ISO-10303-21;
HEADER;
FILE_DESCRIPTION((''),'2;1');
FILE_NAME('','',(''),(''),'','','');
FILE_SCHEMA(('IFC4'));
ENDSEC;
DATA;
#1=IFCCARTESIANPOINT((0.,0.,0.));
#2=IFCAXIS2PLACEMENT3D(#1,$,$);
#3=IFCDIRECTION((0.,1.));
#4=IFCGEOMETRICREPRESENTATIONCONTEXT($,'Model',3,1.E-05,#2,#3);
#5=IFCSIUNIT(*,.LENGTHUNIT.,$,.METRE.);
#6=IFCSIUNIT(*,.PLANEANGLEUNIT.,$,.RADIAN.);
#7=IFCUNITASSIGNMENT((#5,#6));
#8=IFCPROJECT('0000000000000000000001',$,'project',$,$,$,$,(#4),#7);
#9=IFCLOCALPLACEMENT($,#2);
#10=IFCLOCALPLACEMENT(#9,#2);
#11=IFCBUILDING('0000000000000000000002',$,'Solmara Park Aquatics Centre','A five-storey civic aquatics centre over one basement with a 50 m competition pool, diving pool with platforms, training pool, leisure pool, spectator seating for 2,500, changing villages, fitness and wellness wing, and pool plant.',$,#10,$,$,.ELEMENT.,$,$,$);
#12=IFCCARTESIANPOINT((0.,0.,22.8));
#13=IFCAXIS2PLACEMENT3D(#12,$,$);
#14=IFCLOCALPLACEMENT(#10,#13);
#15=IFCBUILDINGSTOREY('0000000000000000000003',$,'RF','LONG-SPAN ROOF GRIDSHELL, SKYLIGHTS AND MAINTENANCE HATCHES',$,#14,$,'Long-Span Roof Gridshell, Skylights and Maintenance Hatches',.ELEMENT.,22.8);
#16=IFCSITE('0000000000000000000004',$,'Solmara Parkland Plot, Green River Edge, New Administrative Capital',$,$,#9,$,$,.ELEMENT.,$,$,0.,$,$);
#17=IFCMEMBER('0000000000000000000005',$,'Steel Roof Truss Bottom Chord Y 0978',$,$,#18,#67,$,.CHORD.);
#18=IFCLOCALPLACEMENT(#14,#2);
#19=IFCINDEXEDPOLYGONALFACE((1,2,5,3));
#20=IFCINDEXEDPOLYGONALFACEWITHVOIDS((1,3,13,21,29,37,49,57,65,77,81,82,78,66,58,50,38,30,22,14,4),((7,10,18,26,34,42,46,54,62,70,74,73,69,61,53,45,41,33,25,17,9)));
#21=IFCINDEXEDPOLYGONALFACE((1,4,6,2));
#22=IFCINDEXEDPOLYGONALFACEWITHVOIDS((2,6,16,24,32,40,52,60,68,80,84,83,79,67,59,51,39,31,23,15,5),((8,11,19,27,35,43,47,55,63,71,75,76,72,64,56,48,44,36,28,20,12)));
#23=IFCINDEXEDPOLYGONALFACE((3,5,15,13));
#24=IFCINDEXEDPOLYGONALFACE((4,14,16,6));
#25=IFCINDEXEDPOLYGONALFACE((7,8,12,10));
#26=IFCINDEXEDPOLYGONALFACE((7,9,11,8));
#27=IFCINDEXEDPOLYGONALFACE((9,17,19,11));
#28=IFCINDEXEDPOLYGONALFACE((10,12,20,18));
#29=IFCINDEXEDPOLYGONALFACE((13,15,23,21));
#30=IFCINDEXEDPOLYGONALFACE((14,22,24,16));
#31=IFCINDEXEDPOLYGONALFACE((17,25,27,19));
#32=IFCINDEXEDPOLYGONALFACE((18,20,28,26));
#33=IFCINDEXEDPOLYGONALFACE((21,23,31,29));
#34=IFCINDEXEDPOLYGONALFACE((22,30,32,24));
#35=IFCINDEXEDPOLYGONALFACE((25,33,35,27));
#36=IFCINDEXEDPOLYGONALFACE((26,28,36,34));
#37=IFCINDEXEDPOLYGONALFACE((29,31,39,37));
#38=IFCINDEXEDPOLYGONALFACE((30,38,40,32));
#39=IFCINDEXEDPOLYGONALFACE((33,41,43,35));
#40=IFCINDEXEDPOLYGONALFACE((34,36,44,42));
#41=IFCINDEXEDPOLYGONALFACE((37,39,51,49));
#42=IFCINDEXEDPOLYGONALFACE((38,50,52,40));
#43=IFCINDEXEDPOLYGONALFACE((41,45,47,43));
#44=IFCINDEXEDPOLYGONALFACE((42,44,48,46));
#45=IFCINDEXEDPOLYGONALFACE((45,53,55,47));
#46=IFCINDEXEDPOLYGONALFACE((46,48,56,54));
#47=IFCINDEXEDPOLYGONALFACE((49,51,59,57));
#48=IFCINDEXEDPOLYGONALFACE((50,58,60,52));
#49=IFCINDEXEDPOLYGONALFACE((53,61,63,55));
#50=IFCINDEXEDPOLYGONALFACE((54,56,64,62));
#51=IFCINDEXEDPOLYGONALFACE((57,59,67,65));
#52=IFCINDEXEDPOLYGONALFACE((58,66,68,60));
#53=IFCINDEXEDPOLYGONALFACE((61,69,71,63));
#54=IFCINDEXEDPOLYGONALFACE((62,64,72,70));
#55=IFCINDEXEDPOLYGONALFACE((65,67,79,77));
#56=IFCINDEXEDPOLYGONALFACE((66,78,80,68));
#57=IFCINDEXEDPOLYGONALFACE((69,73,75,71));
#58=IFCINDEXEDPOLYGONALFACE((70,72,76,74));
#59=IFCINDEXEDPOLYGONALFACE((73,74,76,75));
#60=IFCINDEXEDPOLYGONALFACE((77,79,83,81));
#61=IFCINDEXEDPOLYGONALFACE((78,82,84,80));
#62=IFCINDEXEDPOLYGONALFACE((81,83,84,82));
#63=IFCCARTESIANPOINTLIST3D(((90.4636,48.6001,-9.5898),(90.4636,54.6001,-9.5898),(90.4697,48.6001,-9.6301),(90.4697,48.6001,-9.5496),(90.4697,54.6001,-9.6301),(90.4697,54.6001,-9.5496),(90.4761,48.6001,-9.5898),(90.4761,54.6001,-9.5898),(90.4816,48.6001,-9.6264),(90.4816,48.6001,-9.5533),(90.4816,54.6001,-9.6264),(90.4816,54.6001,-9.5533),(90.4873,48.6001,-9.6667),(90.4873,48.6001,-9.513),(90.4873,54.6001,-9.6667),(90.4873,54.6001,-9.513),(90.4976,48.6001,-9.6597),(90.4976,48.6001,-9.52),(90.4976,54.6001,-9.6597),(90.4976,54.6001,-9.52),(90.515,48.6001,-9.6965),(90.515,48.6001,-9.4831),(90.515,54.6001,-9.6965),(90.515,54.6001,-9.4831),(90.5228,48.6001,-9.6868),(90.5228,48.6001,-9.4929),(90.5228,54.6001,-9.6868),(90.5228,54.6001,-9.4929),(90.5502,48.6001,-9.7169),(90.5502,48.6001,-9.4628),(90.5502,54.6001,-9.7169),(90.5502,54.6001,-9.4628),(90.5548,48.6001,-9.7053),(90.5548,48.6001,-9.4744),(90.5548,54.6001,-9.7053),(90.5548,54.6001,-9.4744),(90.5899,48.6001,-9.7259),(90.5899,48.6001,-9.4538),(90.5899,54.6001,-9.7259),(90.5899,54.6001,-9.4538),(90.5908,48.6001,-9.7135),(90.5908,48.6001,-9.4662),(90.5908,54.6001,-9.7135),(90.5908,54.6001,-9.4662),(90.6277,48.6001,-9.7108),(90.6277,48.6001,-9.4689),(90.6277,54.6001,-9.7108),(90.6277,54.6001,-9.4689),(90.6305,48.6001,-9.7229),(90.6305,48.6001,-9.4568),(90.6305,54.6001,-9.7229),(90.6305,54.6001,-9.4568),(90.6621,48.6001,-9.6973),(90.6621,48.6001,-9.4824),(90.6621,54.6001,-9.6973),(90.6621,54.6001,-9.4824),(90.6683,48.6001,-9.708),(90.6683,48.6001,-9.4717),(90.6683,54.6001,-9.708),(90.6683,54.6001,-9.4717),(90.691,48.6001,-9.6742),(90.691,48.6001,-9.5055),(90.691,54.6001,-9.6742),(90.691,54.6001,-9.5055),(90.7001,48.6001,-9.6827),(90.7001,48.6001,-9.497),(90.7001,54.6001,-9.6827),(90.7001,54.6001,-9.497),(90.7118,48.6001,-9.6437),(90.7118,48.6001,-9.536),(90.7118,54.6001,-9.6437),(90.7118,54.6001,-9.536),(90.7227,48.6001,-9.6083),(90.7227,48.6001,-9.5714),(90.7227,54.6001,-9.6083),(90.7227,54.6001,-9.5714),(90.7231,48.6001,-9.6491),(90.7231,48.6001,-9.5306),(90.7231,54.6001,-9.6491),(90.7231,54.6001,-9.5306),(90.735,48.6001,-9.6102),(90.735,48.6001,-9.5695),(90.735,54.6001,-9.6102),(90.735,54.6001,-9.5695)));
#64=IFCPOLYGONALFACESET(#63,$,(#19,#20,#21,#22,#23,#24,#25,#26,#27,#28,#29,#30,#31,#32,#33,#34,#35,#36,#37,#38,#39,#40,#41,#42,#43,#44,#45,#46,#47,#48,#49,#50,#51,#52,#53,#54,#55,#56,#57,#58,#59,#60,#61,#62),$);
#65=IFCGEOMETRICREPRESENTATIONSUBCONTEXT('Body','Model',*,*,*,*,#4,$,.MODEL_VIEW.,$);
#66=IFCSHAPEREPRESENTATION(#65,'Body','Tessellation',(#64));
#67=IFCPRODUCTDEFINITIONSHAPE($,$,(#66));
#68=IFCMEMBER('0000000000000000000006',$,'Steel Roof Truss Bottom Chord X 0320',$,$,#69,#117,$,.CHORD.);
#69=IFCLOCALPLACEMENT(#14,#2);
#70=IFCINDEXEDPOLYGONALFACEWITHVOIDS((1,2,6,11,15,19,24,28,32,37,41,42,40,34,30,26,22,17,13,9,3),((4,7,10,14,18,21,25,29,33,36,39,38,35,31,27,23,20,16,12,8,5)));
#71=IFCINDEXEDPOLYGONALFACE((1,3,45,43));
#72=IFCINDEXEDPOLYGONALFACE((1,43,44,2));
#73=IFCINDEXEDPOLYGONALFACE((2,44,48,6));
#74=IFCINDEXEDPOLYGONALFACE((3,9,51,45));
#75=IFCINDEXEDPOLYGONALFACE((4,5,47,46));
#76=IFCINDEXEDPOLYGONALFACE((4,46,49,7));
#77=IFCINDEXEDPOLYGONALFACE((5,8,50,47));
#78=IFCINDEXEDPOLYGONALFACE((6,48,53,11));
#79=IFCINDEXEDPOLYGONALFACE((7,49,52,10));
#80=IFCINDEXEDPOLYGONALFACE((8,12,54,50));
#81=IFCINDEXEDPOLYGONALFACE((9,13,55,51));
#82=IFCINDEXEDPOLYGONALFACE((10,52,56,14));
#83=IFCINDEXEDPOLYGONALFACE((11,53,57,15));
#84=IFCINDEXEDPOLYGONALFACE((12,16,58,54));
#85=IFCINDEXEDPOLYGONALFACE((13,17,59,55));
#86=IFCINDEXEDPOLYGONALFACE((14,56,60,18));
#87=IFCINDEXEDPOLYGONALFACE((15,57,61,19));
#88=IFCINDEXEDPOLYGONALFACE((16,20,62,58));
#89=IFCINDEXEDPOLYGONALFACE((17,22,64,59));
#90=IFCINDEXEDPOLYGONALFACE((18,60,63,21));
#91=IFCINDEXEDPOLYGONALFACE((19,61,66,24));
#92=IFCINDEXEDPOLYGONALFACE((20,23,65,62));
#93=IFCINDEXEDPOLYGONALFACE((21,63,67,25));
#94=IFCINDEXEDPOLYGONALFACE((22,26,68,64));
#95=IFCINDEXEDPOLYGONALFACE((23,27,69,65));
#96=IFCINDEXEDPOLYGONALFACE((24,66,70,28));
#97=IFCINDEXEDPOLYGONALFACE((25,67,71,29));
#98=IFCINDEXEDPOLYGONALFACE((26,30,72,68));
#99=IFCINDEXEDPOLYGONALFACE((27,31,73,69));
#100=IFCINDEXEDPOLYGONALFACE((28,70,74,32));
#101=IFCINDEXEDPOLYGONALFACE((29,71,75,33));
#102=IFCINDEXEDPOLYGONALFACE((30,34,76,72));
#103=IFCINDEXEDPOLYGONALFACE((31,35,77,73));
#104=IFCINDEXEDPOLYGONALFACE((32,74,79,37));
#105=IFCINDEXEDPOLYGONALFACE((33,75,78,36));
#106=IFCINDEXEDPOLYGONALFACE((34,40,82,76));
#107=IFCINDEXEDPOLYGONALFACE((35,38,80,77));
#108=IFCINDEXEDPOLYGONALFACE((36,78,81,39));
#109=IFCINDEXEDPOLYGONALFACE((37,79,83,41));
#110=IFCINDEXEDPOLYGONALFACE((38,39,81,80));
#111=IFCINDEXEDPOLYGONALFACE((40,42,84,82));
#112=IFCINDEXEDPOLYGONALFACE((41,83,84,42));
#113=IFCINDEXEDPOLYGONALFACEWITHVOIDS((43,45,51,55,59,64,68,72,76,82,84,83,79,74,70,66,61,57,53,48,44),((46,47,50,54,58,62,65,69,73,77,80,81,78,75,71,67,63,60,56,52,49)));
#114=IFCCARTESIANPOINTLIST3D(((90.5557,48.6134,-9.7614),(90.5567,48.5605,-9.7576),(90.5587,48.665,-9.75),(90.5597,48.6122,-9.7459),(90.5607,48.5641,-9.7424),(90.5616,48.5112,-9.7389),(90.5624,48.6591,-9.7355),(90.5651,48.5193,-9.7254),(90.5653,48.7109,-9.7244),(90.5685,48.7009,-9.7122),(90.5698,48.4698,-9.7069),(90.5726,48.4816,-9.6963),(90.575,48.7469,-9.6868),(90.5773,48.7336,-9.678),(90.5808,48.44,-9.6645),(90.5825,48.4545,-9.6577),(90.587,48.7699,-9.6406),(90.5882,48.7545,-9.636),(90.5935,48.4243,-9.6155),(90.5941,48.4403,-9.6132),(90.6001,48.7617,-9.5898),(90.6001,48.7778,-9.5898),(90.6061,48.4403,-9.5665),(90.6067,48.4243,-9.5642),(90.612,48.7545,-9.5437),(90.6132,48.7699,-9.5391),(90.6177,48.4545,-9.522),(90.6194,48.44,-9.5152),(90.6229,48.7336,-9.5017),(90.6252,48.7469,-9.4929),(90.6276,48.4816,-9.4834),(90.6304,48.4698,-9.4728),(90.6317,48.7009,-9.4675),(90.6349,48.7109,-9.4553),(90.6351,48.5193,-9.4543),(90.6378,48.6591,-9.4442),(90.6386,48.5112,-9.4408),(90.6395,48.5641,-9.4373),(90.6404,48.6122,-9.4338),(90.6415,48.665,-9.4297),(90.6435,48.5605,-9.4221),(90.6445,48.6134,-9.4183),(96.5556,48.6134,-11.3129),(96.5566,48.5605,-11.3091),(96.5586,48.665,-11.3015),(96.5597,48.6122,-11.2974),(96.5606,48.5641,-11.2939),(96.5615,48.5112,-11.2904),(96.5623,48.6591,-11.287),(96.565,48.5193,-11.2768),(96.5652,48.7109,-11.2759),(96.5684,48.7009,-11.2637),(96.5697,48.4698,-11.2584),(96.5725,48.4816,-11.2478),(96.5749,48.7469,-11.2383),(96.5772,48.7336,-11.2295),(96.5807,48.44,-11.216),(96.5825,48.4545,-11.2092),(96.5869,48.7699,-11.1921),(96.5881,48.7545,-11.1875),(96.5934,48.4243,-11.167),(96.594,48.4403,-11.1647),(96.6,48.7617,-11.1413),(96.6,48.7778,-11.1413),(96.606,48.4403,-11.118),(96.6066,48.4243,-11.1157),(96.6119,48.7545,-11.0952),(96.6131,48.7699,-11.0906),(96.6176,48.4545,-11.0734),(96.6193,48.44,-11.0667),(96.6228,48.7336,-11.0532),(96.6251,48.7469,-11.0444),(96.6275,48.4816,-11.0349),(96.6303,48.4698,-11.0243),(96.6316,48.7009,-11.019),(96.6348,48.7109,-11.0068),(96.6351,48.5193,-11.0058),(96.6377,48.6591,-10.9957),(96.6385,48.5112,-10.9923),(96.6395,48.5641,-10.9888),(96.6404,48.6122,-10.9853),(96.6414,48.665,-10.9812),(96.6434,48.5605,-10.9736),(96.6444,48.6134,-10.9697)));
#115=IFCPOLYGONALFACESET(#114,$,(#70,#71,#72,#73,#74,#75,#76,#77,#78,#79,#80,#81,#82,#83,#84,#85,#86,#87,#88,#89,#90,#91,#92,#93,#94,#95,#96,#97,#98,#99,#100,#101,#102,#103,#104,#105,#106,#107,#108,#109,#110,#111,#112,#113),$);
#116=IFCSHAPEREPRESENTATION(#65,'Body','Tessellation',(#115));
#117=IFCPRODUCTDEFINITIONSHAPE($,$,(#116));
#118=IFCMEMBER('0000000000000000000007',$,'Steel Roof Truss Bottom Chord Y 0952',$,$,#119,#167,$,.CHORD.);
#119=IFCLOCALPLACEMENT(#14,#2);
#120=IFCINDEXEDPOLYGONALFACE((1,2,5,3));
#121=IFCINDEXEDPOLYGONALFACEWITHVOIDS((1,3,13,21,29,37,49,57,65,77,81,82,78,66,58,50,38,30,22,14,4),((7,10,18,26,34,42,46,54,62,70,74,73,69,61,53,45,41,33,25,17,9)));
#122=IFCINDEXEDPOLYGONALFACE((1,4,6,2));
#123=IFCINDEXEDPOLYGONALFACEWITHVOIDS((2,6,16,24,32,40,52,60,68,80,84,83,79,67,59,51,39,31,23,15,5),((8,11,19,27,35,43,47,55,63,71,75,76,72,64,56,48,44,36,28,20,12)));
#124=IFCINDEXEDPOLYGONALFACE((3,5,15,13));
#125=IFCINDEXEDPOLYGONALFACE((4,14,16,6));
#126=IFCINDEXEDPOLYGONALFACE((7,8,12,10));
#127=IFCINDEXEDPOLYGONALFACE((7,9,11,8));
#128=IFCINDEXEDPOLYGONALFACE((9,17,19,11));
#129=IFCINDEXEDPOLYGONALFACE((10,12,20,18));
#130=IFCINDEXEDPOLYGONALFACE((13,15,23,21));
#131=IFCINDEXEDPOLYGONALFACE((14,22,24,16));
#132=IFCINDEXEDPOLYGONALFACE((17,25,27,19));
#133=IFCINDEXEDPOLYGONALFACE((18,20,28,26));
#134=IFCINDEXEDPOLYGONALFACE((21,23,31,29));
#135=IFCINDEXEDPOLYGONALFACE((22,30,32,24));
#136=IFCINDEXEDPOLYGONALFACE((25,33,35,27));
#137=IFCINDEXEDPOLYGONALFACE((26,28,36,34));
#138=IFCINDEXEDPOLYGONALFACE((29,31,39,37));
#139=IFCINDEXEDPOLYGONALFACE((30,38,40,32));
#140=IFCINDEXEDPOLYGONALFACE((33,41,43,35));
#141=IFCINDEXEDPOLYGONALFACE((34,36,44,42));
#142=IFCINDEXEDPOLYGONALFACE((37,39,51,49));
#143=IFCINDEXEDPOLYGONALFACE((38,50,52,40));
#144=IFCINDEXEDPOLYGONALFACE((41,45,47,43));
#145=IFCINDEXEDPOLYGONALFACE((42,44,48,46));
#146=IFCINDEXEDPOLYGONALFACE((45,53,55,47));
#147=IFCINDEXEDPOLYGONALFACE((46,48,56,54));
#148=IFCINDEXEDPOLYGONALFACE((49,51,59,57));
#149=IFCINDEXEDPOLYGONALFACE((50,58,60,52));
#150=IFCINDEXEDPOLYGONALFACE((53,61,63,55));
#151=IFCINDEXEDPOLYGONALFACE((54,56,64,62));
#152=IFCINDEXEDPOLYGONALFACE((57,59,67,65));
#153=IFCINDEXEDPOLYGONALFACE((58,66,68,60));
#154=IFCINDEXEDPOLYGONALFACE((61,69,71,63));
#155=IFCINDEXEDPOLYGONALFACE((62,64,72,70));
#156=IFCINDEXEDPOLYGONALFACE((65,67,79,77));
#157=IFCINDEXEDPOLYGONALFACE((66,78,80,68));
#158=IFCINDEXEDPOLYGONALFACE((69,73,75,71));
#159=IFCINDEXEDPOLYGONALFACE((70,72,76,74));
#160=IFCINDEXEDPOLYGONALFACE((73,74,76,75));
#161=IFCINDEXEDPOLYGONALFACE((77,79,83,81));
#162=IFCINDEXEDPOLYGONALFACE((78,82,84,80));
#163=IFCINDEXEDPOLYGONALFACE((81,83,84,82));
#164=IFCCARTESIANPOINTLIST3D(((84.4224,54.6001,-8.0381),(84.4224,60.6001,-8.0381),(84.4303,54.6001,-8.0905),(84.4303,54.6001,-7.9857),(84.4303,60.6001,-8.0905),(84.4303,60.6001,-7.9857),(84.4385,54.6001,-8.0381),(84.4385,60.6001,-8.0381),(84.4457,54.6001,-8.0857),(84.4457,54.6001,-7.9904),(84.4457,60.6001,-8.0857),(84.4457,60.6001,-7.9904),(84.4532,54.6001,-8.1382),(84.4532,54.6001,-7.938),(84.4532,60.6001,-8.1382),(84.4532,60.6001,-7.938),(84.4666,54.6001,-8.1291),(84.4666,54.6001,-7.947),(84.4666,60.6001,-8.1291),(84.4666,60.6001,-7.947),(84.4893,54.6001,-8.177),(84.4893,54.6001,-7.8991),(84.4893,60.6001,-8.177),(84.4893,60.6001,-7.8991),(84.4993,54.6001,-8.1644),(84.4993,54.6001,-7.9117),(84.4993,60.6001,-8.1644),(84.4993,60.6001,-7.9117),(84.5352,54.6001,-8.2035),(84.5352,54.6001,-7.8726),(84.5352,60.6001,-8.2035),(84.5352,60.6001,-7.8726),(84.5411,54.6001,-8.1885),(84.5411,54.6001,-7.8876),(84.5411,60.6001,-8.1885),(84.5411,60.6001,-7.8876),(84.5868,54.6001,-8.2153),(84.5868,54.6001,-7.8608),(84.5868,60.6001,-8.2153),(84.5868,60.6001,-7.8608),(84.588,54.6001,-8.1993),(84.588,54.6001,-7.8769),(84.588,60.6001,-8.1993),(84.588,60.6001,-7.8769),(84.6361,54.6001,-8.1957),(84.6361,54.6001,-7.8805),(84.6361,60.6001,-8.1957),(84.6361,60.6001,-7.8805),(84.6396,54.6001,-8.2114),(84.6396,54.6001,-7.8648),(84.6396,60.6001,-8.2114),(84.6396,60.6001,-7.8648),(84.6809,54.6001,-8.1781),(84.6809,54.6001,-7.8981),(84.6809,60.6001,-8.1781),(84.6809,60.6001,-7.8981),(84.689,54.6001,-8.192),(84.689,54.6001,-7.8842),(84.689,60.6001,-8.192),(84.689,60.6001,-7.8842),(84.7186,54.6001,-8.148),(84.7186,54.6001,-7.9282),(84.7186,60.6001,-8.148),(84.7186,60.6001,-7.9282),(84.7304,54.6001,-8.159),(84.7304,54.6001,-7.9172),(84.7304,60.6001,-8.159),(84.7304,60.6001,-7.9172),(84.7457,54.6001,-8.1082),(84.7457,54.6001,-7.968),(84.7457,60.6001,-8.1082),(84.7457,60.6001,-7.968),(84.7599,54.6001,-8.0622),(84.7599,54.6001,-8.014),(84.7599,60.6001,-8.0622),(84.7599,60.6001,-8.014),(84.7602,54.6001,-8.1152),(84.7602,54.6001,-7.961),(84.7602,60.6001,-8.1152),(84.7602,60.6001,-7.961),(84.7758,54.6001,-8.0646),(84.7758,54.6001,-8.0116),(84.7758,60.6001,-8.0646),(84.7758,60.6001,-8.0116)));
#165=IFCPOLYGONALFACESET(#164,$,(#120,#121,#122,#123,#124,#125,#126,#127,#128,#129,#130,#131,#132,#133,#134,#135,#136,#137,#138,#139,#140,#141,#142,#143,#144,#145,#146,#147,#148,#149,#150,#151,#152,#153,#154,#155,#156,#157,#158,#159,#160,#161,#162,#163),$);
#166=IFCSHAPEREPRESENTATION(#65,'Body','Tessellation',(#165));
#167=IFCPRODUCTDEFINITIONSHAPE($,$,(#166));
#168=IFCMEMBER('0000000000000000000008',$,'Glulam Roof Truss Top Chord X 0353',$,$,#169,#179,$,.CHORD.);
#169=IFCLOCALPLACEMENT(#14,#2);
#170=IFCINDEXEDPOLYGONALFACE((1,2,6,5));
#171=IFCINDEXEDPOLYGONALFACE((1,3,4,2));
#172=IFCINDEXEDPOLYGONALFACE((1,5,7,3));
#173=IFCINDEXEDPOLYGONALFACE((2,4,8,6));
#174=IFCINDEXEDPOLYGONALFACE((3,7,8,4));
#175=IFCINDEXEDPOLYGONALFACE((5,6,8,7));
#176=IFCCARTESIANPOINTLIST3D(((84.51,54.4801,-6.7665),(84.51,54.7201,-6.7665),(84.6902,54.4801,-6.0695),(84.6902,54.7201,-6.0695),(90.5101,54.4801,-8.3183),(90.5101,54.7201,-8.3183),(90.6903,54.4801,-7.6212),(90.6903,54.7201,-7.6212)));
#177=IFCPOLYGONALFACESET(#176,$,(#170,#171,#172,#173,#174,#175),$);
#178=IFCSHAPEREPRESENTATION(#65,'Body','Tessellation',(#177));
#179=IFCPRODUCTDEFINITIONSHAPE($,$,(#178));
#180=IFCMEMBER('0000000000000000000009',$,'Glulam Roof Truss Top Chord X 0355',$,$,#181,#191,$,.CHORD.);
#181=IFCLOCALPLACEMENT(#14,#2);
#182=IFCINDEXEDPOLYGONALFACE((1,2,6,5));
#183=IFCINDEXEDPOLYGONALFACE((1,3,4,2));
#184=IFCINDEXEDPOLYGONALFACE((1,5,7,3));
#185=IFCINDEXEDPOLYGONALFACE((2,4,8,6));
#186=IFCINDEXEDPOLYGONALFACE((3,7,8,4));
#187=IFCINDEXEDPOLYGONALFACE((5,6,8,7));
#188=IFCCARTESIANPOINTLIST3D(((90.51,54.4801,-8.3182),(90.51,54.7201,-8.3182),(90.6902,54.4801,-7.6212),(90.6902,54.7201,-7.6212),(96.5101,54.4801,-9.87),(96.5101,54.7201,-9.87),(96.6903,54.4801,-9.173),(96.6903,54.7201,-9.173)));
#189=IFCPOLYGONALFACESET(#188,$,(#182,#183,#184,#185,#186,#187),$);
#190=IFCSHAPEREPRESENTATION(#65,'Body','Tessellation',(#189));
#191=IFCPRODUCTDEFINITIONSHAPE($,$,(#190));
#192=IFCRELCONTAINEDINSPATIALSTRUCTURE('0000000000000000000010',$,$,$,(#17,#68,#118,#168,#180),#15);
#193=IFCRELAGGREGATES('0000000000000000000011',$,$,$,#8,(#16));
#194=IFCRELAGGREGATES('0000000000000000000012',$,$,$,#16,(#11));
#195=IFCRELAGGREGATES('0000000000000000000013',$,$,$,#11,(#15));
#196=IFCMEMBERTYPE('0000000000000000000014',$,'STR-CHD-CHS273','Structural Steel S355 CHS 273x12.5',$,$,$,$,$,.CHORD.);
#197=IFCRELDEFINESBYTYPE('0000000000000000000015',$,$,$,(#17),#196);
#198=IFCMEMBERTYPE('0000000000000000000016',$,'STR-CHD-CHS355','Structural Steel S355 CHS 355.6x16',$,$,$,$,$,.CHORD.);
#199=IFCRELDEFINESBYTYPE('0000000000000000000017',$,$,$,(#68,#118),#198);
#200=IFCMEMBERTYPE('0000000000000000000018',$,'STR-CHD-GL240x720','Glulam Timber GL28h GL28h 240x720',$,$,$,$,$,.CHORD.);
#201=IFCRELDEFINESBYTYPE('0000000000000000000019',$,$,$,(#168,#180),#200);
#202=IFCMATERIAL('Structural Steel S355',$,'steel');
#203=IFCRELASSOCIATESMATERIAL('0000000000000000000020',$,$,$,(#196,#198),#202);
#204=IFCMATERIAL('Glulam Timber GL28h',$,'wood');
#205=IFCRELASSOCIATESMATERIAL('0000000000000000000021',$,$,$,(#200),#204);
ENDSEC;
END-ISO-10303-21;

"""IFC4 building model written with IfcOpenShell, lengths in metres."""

from ifc_helpers import new_model, si_unit, direction, frame, origin, origin_2d, place, context, subcontext, project, spatial, rectangle, hollow_circle, extrude, material, material_profile, profile_set, type_object, element, save


model = new_model("IFC4")

# Units and contexts
model_context = context("Model", 3, precision=1e-05, world=origin(), true_north=direction((0.0, 1.0)))
body_context = subcontext(model_context, "Body", "Model", "MODEL_VIEW")
ifc_project = project(units=[si_unit("LENGTHUNIT", "METRE"), si_unit("PLANEANGLEUNIT", "RADIAN")], contexts=[model_context])

# Site, building, storey
site_placement = place(None, origin())
site = spatial("IfcSite", under=ifc_project, at=site_placement, Name="Solmara Parkland Plot, Green River Edge, New Administrative Capital", CompositionType="ELEMENT", RefElevation=0.0)
building_placement = place(site_placement, origin())
building = spatial("IfcBuilding", under=site, at=building_placement, Name="Solmara Park Aquatics Centre", Description="A five-storey civic aquatics centre over one basement with a 50 m competition pool, diving pool with platforms, training pool, leisure pool, spectator seating for 2,500, changing villages, fitness and wellness wing, and pool plant.", CompositionType="ELEMENT")
storey_placement = place(building_placement, frame((0.0, 0.0, 22.8)))
storey = spatial("IfcBuildingStorey", under=building, at=storey_placement, Name="RF", Description="LONG-SPAN ROOF GRIDSHELL, SKYLIGHTS AND MAINTENANCE HATCHES", LongName="Long-Span Roof Gridshell, Skylights and Maintenance Hatches", CompositionType="ELEMENT", Elevation=22.8)

# Members
ifc_material_1 = material(Name="Structural Steel S355", Category="steel")
ifc_material_profile_1 = material_profile(ifc_material_1, hollow_circle(Radius=0.1365, WallThickness=0.0125, at=origin_2d()), Name="CHS 273x12.5")
ifc_profile_set_1 = profile_set([ifc_material_profile_1], Name="Structural Steel S355")
member_type_1 = type_object("IfcMemberType", Name="STR-CHD-CHS273", Description="Structural Steel S355 CHS 273x12.5", PredefinedType="CHORD", material=ifc_profile_set_1)
member_1_placement = place(storey_placement, frame((90.6001, 48.6001, -9.5898), z_axis=(0.0, 1.0, 0.0), x_axis=(-1.0, 0.0, 0.0)))
element("IfcMember", 1, at=member_1_placement, inside=storey, type_object=member_type_1, Name="Steel Roof Truss Bottom Chord Y 0978", PredefinedType="CHORD", context=body_context, shape_type="SweptSolid", body=[
    extrude(hollow_circle(Radius=0.1365, WallThickness=0.0125, at=origin_2d()), origin(), (0.0, 0.0, 1.0), 6.0),
])
ifc_material_profile_2 = material_profile(ifc_material_1, hollow_circle(Radius=0.1777, WallThickness=0.0161, at=origin_2d()), Name="CHS 355.6x16")
ifc_profile_set_2 = profile_set([ifc_material_profile_2], Name="Structural Steel S355")
member_type_2 = type_object("IfcMemberType", Name="STR-CHD-CHS355", Description="Structural Steel S355 CHS 355.6x16", PredefinedType="CHORD", material=ifc_profile_set_2)
member_2_placement = place(storey_placement, frame((90.6001, 48.6001, -9.5898), z_axis=(0.968155, 0.0, -0.250351), x_axis=(0.0, 1.0, 0.0)))
element("IfcMember", 2, at=member_2_placement, inside=storey, type_object=member_type_2, Name="Steel Roof Truss Bottom Chord X 0320", PredefinedType="CHORD", context=body_context, shape_type="SweptSolid", body=[
    extrude(hollow_circle(Radius=0.1777, WallThickness=0.0161, at=origin_2d()), origin(), (0.0, 0.0, 1.0), 6.1973),
])
member_3_placement = place(storey_placement, frame((84.6001, 54.6001, -8.0381), z_axis=(0.0, 1.0, 0.0), x_axis=(-1.0, 0.0, 0.0)))
element("IfcMember", 3, at=member_3_placement, inside=storey, type_object=member_type_2, Name="Steel Roof Truss Bottom Chord Y 0952", PredefinedType="CHORD", context=body_context, shape_type="SweptSolid", body=[
    extrude(hollow_circle(Radius=0.1777, WallThickness=0.0161, at=origin_2d()), origin(), (0.0, 0.0, 1.0), 6.0),
])
ifc_material_2 = material(Name="Glulam Timber GL28h", Category="wood")
ifc_material_profile_3 = material_profile(ifc_material_2, rectangle(XDim=0.24, YDim=0.72, at=origin_2d()), Name="GL28h 240x720")
ifc_profile_set_3 = profile_set([ifc_material_profile_3], Name="Glulam Timber GL28h")
member_type_3 = type_object("IfcMemberType", Name="STR-CHD-GL240x720", Description="Glulam Timber GL28h GL28h 240x720", PredefinedType="CHORD", material=ifc_profile_set_3)
for number, where, z_axis, x_axis, name in (
    (4, (84.6001, 54.6001, -6.418), (0.968146, 0.0, -0.250388), (0.0, 1.0, 0.0), "Glulam Roof Truss Top Chord X 0353"),
    (5, (90.6001, 54.6001, -7.9697), (0.968146, 0.0, -0.250388), (0.0, 1.0, 0.0), "Glulam Roof Truss Top Chord X 0355"),
):
    element("IfcMember", number, at=place(storey_placement, frame(where, z_axis=z_axis, x_axis=x_axis)), inside=storey, type_object=member_type_3, Name=name, PredefinedType="CHORD", context=body_context, shape_type="SweptSolid", body=[
        extrude(rectangle(XDim=0.24, YDim=0.72, at=origin_2d()), origin(), (0.0, 0.0, 1.0), 6.1975),
    ])

save(model, "model.ifc")
